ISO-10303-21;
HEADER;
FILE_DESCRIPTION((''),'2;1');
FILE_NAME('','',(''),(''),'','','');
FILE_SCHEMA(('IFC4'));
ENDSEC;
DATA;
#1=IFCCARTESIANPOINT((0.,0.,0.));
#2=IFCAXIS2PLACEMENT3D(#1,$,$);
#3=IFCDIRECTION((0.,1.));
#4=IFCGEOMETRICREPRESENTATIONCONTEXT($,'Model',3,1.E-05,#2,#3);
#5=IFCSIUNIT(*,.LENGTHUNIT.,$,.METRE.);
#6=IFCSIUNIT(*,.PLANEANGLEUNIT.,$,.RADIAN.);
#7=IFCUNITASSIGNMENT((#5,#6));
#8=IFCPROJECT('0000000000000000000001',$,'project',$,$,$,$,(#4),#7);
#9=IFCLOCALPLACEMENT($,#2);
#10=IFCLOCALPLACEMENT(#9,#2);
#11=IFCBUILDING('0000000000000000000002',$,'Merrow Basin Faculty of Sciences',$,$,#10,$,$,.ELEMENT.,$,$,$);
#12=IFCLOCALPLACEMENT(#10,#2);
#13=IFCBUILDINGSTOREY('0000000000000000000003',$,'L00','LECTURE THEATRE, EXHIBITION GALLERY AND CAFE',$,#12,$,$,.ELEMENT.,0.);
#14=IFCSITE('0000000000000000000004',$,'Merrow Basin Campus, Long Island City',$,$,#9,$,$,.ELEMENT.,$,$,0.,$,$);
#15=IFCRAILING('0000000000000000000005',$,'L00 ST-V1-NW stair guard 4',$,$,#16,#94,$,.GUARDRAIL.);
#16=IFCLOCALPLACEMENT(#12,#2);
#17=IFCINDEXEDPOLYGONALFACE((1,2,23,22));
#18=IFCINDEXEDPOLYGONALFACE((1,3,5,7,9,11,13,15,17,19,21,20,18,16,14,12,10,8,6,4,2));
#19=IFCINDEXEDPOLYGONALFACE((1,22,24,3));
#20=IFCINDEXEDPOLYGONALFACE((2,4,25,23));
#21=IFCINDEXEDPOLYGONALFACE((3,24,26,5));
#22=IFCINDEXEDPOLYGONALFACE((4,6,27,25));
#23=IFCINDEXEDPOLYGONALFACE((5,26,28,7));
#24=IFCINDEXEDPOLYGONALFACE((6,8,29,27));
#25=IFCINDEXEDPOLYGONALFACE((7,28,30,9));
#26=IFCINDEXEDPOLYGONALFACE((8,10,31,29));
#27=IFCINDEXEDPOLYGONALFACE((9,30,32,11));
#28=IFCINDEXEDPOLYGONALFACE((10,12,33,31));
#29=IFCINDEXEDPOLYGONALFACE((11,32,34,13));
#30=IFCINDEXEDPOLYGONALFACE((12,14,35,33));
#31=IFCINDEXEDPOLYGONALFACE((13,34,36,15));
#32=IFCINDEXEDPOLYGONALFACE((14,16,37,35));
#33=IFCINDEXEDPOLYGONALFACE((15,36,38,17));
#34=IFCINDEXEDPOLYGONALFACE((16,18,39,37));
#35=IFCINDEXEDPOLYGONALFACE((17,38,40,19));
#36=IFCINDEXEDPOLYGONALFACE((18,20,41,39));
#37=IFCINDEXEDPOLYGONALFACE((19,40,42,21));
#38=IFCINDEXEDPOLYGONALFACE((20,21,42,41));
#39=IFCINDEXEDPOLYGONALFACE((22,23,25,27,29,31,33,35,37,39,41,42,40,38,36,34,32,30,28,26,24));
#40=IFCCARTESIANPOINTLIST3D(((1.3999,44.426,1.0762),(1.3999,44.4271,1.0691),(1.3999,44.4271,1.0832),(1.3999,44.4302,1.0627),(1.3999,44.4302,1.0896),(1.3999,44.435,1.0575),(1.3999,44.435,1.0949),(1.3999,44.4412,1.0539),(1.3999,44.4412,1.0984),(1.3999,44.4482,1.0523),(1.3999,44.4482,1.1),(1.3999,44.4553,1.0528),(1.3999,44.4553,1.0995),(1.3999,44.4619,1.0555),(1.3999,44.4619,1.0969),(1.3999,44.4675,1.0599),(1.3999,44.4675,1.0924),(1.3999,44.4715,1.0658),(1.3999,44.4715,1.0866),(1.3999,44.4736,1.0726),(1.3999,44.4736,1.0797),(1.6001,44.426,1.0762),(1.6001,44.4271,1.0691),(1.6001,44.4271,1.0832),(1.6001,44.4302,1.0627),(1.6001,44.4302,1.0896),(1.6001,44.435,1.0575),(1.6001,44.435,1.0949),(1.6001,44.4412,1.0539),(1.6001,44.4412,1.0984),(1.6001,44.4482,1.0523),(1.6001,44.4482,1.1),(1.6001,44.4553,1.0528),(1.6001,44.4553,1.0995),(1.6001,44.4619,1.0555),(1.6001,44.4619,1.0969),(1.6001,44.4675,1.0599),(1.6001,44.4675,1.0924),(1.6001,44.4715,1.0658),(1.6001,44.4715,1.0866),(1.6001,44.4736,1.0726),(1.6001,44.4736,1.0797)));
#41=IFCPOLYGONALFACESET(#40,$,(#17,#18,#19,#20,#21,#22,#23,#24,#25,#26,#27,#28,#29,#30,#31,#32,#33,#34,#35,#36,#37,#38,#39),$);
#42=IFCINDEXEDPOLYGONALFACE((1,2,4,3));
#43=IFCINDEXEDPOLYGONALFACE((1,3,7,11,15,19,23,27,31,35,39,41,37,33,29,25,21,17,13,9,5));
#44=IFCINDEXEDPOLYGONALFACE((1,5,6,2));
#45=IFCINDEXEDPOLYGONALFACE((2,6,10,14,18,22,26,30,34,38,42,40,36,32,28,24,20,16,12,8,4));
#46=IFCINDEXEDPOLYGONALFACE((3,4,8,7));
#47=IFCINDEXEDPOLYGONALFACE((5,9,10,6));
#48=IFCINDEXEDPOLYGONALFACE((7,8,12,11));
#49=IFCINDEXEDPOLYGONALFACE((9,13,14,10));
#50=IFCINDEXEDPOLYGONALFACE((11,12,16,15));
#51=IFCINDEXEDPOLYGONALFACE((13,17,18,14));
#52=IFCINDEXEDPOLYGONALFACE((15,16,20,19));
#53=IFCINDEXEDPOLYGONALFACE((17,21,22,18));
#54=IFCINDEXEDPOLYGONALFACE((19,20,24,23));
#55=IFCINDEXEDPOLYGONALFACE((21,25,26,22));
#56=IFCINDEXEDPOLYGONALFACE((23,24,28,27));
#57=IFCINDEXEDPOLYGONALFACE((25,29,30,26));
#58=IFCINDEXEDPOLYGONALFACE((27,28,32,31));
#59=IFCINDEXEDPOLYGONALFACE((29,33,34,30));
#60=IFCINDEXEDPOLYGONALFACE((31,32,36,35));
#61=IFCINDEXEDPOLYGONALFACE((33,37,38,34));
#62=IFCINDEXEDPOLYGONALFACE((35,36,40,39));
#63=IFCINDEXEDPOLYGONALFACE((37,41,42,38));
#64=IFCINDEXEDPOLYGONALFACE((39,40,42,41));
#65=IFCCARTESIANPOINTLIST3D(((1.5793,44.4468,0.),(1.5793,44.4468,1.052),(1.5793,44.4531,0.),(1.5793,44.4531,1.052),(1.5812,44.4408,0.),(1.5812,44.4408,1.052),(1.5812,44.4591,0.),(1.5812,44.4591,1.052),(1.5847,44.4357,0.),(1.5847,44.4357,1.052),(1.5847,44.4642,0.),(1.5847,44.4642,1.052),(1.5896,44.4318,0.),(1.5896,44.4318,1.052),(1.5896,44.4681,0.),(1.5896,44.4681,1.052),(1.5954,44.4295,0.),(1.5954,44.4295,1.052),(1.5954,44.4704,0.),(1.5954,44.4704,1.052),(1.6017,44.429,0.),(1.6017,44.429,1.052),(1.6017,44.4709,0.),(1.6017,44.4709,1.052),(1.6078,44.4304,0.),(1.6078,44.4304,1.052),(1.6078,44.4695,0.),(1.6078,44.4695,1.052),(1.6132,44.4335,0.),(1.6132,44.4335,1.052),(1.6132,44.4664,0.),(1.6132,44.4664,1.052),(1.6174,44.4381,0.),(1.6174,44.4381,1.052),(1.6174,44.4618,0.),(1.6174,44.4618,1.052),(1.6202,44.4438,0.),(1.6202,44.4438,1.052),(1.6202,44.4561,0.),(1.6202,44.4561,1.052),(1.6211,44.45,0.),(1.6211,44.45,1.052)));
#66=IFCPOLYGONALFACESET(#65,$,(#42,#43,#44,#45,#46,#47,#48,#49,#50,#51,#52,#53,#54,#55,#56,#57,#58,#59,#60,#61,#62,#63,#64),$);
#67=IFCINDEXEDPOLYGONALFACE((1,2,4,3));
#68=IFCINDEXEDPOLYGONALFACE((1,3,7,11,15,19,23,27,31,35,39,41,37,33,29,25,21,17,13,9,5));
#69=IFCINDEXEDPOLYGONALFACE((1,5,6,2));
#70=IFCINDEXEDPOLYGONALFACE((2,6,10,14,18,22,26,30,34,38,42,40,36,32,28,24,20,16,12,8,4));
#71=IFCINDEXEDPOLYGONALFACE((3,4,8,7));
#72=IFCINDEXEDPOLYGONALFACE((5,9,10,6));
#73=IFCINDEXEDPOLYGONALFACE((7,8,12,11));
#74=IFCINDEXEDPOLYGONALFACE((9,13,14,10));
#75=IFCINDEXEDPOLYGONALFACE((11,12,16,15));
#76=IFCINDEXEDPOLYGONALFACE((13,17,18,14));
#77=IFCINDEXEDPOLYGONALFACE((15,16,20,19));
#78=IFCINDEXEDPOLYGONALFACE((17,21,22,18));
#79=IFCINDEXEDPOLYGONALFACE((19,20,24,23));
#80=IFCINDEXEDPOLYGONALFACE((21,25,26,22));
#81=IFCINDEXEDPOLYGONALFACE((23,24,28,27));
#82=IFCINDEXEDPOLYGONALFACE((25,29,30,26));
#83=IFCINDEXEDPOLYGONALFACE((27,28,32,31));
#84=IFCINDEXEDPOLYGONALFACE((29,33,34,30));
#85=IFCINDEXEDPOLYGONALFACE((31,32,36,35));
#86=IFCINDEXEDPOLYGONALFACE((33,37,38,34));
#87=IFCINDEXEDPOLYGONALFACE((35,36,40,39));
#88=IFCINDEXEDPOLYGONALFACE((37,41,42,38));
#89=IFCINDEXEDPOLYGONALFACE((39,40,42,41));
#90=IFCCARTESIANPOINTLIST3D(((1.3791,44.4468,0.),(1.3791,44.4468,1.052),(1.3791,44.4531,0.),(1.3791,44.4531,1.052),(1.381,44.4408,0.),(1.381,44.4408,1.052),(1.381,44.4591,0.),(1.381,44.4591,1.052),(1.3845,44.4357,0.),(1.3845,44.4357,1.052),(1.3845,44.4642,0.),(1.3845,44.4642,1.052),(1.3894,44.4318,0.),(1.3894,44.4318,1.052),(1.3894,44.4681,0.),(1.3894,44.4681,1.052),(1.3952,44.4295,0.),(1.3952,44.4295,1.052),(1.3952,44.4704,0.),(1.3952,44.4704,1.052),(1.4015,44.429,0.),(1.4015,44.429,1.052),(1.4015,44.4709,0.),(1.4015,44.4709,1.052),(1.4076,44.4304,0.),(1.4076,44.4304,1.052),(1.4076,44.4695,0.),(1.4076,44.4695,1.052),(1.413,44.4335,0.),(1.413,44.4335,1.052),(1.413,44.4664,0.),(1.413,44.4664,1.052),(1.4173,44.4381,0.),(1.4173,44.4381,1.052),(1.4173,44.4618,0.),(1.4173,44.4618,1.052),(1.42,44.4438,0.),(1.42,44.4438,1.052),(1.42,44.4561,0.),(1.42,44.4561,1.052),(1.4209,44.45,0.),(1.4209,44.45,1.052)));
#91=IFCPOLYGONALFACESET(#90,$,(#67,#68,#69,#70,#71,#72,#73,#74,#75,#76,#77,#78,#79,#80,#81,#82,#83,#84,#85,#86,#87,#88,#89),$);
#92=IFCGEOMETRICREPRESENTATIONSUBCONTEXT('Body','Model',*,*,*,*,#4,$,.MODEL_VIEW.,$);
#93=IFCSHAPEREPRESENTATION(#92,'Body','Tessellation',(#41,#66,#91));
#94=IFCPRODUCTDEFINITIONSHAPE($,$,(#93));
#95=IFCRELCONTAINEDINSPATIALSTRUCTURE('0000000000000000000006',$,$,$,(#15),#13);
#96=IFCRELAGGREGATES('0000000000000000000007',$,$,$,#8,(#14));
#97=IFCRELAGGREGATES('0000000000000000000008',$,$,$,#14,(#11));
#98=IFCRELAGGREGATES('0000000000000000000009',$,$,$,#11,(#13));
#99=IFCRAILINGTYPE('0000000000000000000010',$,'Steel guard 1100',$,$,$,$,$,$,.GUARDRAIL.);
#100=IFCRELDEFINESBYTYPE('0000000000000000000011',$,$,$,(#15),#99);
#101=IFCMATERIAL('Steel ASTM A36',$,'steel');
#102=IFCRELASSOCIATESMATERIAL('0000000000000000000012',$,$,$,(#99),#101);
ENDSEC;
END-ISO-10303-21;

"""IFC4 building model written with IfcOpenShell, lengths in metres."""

from ifc_helpers import new_model, si_unit, direction, frame, origin, origin_2d, place, context, subcontext, project, spatial, circle, extrude, material, type_object, element, save


model = new_model("IFC4")

# Units and contexts
model_context = context("Model", 3, precision=1e-05, world=origin(), true_north=direction((0.0, 1.0)))
body_context = subcontext(model_context, "Body", "Model", "MODEL_VIEW")
ifc_project = project(units=[si_unit("LENGTHUNIT", "METRE"), si_unit("PLANEANGLEUNIT", "RADIAN")], contexts=[model_context])

# Site, building, storey
site_placement = place(None, origin())
site = spatial("IfcSite", under=ifc_project, at=site_placement, Name="Merrow Basin Campus, Long Island City", CompositionType="ELEMENT", RefElevation=0.0)
building_placement = place(site_placement, origin())
building = spatial("IfcBuilding", under=site, at=building_placement, Name="Merrow Basin Faculty of Sciences", CompositionType="ELEMENT")
storey_placement = place(building_placement, origin())
storey = spatial("IfcBuildingStorey", under=building, at=storey_placement, Name="L00", Description="LECTURE THEATRE, EXHIBITION GALLERY AND CAFE", CompositionType="ELEMENT", Elevation=0.0)

# Railing
ifc_material_1 = material(Name="Steel ASTM A36", Category="steel")
railing_type_1 = type_object("IfcRailingType", Name="Steel guard 1100", PredefinedType="GUARDRAIL", material=ifc_material_1)
railing_1_placement = place(storey_placement, frame((1.6001, 44.45, 0.0)))
element("IfcRailing", 1, at=railing_1_placement, inside=storey, type_object=railing_type_1, Name="L00 ST-V1-NW stair guard 4", PredefinedType="GUARDRAIL", context=body_context, shape_type="SweptSolid", body=[
    extrude(circle(Radius=0.0239, at=origin_2d()), frame((0.0, 0.0, 1.0762), z_axis=(-1.0, 0.0, 0.0), x_axis=(0.0, -1.0, 0.0)), (0.0, 0.0, 1.0), 0.2002),
    extrude(circle(Radius=0.021, at=origin_2d()), origin(), (0.0, 0.0, 1.0), 1.052),
    extrude(circle(Radius=0.021, at=origin_2d()), frame((-0.2002, 0.0, 0.0)), (0.0, 0.0, 1.0), 1.052),
])

save(model, "model.ifc")
